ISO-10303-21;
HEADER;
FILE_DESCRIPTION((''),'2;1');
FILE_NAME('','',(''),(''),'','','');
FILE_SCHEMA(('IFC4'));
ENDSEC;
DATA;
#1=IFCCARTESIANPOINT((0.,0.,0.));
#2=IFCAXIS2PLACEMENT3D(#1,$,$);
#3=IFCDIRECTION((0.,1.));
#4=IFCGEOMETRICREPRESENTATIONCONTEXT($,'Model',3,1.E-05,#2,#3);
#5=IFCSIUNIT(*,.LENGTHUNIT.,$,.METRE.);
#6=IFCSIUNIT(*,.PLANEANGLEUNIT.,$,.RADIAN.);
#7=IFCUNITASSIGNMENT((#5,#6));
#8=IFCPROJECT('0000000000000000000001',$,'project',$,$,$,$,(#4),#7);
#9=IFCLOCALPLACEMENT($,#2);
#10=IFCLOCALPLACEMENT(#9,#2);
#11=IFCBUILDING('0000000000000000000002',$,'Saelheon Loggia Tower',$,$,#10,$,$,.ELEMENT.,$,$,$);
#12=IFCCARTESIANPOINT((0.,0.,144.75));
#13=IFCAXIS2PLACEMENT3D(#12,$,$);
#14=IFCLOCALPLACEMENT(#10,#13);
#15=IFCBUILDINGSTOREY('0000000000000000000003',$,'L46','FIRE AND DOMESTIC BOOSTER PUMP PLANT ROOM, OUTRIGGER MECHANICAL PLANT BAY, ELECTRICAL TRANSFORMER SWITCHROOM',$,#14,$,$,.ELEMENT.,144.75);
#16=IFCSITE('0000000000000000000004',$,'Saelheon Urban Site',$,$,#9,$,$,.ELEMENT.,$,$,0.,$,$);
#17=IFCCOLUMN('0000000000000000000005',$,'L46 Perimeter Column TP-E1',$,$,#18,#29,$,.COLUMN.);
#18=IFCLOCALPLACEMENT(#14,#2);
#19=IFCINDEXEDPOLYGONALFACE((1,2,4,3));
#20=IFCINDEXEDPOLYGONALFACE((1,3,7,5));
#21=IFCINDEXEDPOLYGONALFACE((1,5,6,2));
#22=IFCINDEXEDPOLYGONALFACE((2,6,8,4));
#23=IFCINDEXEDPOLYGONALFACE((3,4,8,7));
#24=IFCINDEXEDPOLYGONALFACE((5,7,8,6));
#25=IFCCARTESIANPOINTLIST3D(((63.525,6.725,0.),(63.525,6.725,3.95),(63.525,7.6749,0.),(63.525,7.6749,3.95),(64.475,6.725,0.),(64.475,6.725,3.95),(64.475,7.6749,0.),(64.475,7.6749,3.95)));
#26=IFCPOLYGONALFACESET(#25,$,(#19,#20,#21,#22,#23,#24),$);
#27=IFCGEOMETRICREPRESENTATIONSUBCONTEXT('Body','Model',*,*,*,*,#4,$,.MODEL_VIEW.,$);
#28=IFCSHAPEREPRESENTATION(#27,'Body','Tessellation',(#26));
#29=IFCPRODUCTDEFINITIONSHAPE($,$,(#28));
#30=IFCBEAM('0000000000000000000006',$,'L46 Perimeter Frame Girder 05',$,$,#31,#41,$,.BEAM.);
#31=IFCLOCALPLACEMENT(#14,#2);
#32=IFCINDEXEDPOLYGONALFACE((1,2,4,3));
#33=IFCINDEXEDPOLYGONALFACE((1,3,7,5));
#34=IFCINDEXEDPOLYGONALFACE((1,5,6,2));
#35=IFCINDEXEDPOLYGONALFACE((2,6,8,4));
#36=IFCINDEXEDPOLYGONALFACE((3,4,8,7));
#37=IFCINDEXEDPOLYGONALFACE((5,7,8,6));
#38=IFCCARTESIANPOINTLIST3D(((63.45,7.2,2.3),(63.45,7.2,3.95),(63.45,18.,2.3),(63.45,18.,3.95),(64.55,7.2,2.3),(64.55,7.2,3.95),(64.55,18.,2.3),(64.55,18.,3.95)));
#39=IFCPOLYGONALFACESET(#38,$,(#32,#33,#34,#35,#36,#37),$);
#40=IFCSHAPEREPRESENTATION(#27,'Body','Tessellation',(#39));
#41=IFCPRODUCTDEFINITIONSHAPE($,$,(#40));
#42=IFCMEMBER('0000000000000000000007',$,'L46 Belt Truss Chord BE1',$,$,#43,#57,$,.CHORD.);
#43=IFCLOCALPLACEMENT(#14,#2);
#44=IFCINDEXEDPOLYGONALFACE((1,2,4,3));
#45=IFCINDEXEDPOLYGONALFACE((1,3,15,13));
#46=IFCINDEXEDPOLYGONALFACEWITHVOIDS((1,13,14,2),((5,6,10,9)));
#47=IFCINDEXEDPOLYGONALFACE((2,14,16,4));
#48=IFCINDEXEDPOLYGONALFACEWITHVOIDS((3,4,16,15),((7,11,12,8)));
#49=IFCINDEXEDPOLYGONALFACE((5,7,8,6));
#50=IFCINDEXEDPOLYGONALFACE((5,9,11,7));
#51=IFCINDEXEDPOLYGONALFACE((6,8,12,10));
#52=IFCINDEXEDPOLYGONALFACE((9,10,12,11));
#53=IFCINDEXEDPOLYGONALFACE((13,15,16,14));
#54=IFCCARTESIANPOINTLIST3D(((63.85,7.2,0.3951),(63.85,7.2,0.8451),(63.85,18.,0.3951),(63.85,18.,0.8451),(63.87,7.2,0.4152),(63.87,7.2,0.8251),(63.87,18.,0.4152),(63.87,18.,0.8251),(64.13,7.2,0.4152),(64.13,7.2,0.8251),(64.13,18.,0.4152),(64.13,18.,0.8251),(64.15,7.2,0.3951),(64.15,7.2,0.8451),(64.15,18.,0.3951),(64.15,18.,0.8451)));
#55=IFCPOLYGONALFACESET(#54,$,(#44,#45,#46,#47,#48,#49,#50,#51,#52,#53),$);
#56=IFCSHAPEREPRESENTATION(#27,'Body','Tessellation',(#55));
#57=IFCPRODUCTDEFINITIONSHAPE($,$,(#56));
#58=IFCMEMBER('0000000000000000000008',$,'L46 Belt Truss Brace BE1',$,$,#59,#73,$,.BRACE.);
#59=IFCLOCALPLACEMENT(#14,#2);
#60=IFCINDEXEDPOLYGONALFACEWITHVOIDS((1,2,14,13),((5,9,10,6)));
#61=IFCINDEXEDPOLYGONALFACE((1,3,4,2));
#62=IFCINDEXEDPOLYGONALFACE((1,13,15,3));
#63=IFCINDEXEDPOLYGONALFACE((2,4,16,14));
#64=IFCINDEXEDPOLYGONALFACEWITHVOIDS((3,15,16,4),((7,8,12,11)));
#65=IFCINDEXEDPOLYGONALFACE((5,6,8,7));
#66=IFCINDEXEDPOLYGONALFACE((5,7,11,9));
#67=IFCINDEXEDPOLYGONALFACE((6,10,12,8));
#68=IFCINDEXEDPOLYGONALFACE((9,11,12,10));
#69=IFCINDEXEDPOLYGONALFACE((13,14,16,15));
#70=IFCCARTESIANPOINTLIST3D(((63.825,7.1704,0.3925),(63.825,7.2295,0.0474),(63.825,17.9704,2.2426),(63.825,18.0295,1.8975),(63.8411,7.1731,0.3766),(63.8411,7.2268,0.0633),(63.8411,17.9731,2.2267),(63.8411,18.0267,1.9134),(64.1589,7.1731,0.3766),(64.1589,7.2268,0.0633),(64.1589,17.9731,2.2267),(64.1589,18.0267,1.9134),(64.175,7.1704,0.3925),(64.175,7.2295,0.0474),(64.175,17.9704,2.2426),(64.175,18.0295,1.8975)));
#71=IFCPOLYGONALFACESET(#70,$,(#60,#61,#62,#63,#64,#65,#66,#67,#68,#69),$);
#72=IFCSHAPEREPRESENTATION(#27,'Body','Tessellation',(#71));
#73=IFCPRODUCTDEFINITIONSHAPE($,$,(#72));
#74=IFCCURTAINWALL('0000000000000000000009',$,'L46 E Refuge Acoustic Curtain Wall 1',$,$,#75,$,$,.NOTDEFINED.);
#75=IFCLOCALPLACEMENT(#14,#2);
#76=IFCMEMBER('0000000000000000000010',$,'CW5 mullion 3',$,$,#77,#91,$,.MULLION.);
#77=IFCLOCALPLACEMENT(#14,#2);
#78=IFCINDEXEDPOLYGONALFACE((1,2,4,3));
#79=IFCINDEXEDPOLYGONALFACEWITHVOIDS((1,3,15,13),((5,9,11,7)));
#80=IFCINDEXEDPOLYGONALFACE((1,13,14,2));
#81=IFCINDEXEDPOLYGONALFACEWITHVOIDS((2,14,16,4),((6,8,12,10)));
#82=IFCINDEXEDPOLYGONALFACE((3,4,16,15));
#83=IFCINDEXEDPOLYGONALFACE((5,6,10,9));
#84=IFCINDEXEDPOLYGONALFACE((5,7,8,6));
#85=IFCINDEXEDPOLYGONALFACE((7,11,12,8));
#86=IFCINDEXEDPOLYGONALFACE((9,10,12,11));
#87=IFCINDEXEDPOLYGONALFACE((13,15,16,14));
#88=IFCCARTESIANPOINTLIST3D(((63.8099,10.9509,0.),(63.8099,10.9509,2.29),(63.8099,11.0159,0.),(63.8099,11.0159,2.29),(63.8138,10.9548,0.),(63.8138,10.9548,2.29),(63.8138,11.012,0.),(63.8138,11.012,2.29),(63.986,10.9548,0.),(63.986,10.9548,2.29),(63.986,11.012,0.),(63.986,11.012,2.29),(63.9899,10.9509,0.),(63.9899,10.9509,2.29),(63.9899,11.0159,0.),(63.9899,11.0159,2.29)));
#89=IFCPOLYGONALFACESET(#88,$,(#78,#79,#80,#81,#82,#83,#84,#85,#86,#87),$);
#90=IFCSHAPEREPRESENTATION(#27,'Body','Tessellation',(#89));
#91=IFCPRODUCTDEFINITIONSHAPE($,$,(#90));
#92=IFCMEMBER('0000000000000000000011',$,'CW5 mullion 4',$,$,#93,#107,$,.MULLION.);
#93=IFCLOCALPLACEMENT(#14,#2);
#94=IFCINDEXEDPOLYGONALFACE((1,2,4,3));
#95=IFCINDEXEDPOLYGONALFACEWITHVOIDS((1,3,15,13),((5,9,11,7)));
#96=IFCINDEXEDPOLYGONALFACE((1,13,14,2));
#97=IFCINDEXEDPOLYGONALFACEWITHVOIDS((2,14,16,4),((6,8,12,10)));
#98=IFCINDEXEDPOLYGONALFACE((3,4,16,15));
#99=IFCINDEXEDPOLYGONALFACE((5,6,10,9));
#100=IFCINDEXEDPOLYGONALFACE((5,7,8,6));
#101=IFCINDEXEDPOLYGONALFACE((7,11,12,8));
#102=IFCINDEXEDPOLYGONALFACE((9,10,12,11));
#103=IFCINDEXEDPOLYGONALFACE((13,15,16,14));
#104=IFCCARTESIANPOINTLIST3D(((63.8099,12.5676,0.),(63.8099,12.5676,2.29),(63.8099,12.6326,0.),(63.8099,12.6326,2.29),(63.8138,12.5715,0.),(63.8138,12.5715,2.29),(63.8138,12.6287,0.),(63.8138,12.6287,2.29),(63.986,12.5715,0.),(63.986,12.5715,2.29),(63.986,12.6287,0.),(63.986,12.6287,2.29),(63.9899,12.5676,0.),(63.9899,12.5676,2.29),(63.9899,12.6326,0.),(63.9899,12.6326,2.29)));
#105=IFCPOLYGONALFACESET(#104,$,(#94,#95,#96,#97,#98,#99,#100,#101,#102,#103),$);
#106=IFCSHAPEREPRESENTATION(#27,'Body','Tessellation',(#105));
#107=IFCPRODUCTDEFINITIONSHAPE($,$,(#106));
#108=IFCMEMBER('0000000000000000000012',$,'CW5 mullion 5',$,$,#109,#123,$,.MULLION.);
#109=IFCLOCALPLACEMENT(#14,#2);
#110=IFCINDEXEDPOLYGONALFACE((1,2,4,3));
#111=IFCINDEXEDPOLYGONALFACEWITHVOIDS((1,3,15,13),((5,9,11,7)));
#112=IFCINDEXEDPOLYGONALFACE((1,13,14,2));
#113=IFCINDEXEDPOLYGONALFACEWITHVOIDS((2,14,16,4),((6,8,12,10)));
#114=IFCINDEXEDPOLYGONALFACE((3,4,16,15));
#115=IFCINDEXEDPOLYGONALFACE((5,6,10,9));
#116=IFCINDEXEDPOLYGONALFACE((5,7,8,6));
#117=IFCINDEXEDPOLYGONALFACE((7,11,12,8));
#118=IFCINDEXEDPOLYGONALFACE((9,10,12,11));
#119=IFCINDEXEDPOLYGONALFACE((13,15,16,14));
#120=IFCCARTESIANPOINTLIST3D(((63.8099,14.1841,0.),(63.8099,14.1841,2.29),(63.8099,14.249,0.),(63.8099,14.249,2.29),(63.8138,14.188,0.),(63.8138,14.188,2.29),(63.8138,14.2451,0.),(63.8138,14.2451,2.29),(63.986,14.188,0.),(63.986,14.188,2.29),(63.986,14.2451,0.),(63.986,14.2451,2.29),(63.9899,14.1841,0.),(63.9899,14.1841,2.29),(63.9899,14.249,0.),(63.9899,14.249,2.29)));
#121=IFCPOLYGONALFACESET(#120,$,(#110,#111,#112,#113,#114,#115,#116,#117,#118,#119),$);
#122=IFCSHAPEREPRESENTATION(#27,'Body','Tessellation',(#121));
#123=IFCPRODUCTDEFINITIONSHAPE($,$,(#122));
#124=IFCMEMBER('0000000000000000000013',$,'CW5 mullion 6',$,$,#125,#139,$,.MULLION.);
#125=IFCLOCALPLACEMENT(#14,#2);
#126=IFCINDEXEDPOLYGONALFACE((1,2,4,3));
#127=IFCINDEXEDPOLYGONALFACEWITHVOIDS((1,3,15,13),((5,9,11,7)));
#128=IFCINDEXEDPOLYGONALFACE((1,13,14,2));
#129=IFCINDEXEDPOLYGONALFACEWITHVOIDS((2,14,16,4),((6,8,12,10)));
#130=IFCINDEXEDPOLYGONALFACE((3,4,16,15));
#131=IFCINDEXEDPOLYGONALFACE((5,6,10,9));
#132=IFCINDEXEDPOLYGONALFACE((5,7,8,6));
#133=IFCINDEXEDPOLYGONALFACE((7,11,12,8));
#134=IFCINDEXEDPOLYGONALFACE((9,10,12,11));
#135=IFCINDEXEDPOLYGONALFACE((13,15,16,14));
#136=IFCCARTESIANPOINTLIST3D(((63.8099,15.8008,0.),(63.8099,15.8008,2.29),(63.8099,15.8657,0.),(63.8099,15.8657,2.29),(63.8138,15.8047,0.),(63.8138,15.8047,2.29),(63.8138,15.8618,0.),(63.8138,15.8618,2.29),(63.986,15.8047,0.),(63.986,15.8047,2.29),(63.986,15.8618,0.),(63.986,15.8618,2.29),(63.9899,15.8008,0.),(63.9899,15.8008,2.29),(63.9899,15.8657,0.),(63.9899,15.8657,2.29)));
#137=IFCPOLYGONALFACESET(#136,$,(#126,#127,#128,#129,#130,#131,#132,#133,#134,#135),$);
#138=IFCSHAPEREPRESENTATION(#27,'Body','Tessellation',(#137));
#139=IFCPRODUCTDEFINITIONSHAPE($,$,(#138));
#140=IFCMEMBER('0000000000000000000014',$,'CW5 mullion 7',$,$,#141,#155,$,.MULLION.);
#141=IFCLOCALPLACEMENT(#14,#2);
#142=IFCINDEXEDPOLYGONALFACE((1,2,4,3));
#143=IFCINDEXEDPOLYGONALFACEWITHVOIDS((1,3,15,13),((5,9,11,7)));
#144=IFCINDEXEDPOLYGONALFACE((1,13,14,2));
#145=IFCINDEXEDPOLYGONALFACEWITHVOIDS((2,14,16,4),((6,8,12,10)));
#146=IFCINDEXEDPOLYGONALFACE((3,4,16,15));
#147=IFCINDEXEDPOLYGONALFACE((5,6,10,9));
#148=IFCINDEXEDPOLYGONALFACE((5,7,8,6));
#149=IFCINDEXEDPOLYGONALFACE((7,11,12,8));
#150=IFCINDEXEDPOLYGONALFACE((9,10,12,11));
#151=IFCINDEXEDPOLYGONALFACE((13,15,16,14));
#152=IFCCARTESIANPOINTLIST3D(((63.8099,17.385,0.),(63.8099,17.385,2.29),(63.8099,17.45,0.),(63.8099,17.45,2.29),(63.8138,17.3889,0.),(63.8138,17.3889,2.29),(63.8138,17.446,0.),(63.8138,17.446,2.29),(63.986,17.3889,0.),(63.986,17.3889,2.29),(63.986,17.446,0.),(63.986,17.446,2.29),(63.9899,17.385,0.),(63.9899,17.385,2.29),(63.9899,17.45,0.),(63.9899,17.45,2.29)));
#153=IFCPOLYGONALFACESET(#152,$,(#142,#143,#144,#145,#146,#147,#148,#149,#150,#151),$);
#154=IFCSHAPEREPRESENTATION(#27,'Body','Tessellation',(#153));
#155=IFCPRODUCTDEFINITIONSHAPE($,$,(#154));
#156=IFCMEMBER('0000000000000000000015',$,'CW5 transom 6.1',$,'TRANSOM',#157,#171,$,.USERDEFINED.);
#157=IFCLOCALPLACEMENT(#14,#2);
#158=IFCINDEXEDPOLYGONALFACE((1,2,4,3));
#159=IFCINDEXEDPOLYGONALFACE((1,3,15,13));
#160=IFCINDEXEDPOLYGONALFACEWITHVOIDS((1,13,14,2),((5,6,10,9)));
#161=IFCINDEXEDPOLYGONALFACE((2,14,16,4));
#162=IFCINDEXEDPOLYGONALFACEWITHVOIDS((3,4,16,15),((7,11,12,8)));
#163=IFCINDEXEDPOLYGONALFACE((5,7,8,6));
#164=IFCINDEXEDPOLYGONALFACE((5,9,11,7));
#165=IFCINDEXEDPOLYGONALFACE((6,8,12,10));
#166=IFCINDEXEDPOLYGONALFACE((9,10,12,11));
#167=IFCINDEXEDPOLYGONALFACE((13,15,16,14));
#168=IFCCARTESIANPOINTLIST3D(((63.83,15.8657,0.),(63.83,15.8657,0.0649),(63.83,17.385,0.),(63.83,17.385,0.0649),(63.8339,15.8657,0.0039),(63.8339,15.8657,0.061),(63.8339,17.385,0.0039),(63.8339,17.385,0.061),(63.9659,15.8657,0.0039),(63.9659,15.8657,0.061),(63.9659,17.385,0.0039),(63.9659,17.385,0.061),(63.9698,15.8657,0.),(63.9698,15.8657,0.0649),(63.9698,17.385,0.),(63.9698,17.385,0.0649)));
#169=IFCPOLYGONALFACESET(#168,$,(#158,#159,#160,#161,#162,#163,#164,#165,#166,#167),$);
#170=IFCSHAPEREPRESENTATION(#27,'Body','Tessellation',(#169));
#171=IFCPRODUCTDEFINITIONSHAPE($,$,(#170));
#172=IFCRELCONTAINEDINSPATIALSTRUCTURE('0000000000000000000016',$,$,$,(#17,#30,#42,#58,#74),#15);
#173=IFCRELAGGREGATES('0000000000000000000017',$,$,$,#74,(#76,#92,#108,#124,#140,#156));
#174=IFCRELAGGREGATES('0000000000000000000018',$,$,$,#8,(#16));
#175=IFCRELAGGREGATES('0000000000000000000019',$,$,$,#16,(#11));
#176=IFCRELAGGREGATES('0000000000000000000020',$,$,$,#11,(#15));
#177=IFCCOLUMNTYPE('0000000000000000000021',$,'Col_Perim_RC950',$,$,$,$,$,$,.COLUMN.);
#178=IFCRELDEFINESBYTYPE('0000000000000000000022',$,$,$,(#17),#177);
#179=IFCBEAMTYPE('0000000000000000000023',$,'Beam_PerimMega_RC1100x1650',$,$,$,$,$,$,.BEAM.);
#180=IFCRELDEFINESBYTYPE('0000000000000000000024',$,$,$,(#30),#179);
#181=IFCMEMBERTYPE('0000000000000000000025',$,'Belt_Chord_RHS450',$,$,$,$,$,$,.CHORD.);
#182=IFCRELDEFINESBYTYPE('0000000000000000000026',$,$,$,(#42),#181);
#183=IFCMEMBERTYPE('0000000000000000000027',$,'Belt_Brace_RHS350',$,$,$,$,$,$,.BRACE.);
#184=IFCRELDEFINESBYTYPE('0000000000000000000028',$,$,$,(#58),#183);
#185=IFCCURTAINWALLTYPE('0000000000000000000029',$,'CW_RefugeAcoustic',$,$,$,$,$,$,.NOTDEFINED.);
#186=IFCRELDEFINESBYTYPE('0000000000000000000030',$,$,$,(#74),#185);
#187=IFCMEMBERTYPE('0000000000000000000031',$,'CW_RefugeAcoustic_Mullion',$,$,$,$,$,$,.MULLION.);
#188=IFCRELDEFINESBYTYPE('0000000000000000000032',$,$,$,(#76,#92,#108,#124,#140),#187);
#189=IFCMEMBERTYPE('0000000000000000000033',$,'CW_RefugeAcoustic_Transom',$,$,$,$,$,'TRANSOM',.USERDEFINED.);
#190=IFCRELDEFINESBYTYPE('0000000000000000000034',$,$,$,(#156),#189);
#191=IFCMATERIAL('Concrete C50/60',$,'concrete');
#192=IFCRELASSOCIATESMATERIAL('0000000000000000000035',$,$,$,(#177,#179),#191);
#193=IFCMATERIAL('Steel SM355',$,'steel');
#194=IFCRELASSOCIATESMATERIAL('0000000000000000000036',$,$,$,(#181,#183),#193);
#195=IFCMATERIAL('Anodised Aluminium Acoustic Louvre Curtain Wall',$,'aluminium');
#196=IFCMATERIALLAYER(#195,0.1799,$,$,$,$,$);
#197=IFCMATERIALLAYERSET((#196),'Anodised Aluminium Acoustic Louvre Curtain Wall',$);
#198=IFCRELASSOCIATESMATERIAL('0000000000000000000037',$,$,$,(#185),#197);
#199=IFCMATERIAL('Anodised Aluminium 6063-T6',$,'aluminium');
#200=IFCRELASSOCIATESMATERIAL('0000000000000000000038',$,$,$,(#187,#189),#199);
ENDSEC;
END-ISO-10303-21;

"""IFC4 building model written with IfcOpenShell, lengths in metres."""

from ifc_helpers import new_model, si_unit, direction, frame, origin, origin_2d, place, context, subcontext, project, spatial, rectangle, hollow_rectangle, extrude, source, transform, mapped, material, layer, layer_set, material_profile, profile_set, type_object, element, aggregate, save


model = new_model("IFC4")

# Units and contexts
model_context = context("Model", 3, precision=1e-05, world=origin(), true_north=direction((0.0, 1.0)))
body_context = subcontext(model_context, "Body", "Model", "MODEL_VIEW")
ifc_project = project(units=[si_unit("LENGTHUNIT", "METRE"), si_unit("PLANEANGLEUNIT", "RADIAN")], contexts=[model_context])

# Site, building, storey
site_placement = place(None, origin())
site = spatial("IfcSite", under=ifc_project, at=site_placement, Name="Saelheon Urban Site", CompositionType="ELEMENT", RefElevation=0.0)
building_placement = place(site_placement, origin())
building = spatial("IfcBuilding", under=site, at=building_placement, Name="Saelheon Loggia Tower", CompositionType="ELEMENT")
storey_placement = place(building_placement, frame((0.0, 0.0, 144.75)))
storey = spatial("IfcBuildingStorey", under=building, at=storey_placement, Name="L46", Description="FIRE AND DOMESTIC BOOSTER PUMP PLANT ROOM, OUTRIGGER MECHANICAL PLANT BAY, ELECTRICAL TRANSFORMER SWITCHROOM", CompositionType="ELEMENT", Elevation=144.75)

# Column
ifc_material_1 = material(Name="Concrete C50/60", Category="concrete")
ifc_material_profile_1 = material_profile(ifc_material_1, rectangle(XDim=0.95, YDim=0.95, at=origin_2d()), Name="RC-950x950")
ifc_profile_set_1 = profile_set([ifc_material_profile_1], Name="Concrete C50/60")
column_type = type_object("IfcColumnType", Name="Col_Perim_RC950", PredefinedType="COLUMN", material=ifc_profile_set_1)
shared_shape_1 = source(origin(), body_context, "Body", "SweptSolid", [
    extrude(rectangle(XDim=0.95, YDim=0.95, at=origin_2d()), origin(), (0.0, 0.0, 1.0), 3.95),
])
column_placement = place(storey_placement, frame((64.0, 7.2, 0.0), z_axis=(0.0, 0.0, 1.0), x_axis=(1.0, 0.0, 0.0)))
element("IfcColumn", 1, at=column_placement, inside=storey, type_object=column_type, Name="L46 Perimeter Column TP-E1", PredefinedType="COLUMN", context=body_context, shape_type="MappedRepresentation", body=[
    mapped(shared_shape_1, transform((0.0, 0.0, 0.0), scale=1.0)),
])

# Beam
ifc_material_profile_2 = material_profile(ifc_material_1, rectangle(XDim=1.1001, YDim=1.6499, at=origin_2d()), Name="RC-1100x1650")
ifc_profile_set_2 = profile_set([ifc_material_profile_2], Name="Concrete C50/60")
beam_type = type_object("IfcBeamType", Name="Beam_PerimMega_RC1100x1650", PredefinedType="BEAM", material=ifc_profile_set_2)
shared_shape_2 = source(origin(), body_context, "Body", "SweptSolid", [
    extrude(rectangle(XDim=1.1001, YDim=1.6499, at=origin_2d()), origin(), (0.0, 0.0, 1.0), 10.8),
])
beam_placement = place(storey_placement, frame((64.0, 7.2, 3.125), z_axis=(0.0, 1.0, 0.0), x_axis=(-1.0, 0.0, 0.0)))
element("IfcBeam", 2, at=beam_placement, inside=storey, type_object=beam_type, Name="L46 Perimeter Frame Girder 05", PredefinedType="BEAM", context=body_context, shape_type="MappedRepresentation", body=[
    mapped(shared_shape_2, transform((0.0, 0.0, 0.0), scale=1.0)),
])

# Members
ifc_material_2 = material(Name="Steel SM355", Category="steel")
ifc_material_profile_3 = material_profile(ifc_material_2, hollow_rectangle(XDim=0.3, YDim=0.45, WallThickness=0.02, at=origin_2d()), Name="RHS-450x300x20")
ifc_profile_set_3 = profile_set([ifc_material_profile_3], Name="Steel SM355")
member_type_1 = type_object("IfcMemberType", Name="Belt_Chord_RHS450", PredefinedType="CHORD", material=ifc_profile_set_3)
shared_shape_3 = source(origin(), body_context, "Body", "SweptSolid", [
    extrude(hollow_rectangle(XDim=0.3, YDim=0.45, WallThickness=0.02, at=origin_2d()), origin(), (0.0, 0.0, 1.0), 10.8),
])
member_1_placement = place(storey_placement, frame((64.0, 7.2, 0.6201), z_axis=(0.0, 1.0, 0.0), x_axis=(-1.0, 0.0, 0.0)))
element("IfcMember", 3, at=member_1_placement, inside=storey, type_object=member_type_1, Name="L46 Belt Truss Chord BE1", PredefinedType="CHORD", context=body_context, shape_type="MappedRepresentation", body=[
    mapped(shared_shape_3, transform((0.0, 0.0, 0.0), scale=1.0)),
])
ifc_material_profile_4 = material_profile(ifc_material_2, hollow_rectangle(XDim=0.3501, YDim=0.3501, WallThickness=0.0161, at=origin_2d()), Name="RHS-350x350x16")
ifc_profile_set_4 = profile_set([ifc_material_profile_4], Name="Steel SM355")
member_type_2 = type_object("IfcMemberType", Name="Belt_Brace_RHS350", PredefinedType="BRACE", material=ifc_profile_set_4)
shared_shape_4 = source(origin(), body_context, "Body", "SweptSolid", [
    extrude(hollow_rectangle(XDim=0.3501, YDim=0.3501, WallThickness=0.0161, at=origin_2d()), origin(), (0.0, 0.0, 1.0), 10.9573),
])
member_2_placement = place(storey_placement, frame((64.0, 7.2, 0.22), z_axis=(0.0, 0.985643, 0.168845), x_axis=(-1.0, 0.0, 0.0)))
element("IfcMember", 4, at=member_2_placement, inside=storey, type_object=member_type_2, Name="L46 Belt Truss Brace BE1", PredefinedType="BRACE", context=body_context, shape_type="MappedRepresentation", body=[
    mapped(shared_shape_4, transform((0.0, 0.0, 0.0), scale=1.0)),
])

# Curtain wall, members
ifc_material_3 = material(Name="Anodised Aluminium Acoustic Louvre Curtain Wall", Category="aluminium")
ifc_layer_1 = layer(ifc_material_3, 0.1799)
ifc_layer_set_1 = layer_set([ifc_layer_1], Name="Anodised Aluminium Acoustic Louvre Curtain Wall")
curtain_wall_type = type_object("IfcCurtainWallType", Name="CW_RefugeAcoustic", PredefinedType="NOTDEFINED", material=ifc_layer_set_1)
curtain_wall_placement = place(storey_placement, origin())
curtain_wall = element("IfcCurtainWall", 5, at=curtain_wall_placement, inside=storey, type_object=curtain_wall_type, Name="L46 E Refuge Acoustic Curtain Wall 1", PredefinedType="NOTDEFINED")
ifc_material_4 = material(Name="Anodised Aluminium 6063-T6", Category="aluminium")
ifc_material_profile_5 = material_profile(ifc_material_4, hollow_rectangle(XDim=0.0649, YDim=0.1799, WallThickness=0.0039, at=origin_2d()), Name="RHS-180x65x4")
ifc_profile_set_5 = profile_set([ifc_material_profile_5], Name="Anodised Aluminium 6063-T6")
member_type_3 = type_object("IfcMemberType", Name="CW_RefugeAcoustic_Mullion", PredefinedType="MULLION", material=ifc_profile_set_5)
shared_shape_5 = source(origin(), body_context, "Body", "SweptSolid", [
    extrude(hollow_rectangle(XDim=0.0649, YDim=0.1799, WallThickness=0.0039, at=origin_2d()), origin(), (0.0, 0.0, 1.0), 2.29),
])
member_3_placement = place(storey_placement, frame((63.8999, 10.9834, 0.0), z_axis=(0.0, 0.0, 1.0), x_axis=(0.0, 1.0, 0.0)))
member_3 = element("IfcMember", 6, at=member_3_placement, type_object=member_type_3, Name="CW5 mullion 3", PredefinedType="MULLION", context=body_context, shape_type="MappedRepresentation", body=[
    mapped(shared_shape_5, transform((0.0, 0.0, 0.0), scale=1.0)),
])
member_4_placement = place(storey_placement, frame((63.8999, 12.6001, 0.0), z_axis=(0.0, 0.0, 1.0), x_axis=(0.0, 1.0, 0.0)))
member_4 = element("IfcMember", 7, at=member_4_placement, type_object=member_type_3, Name="CW5 mullion 4", PredefinedType="MULLION", context=body_context, shape_type="MappedRepresentation", body=[
    mapped(shared_shape_5, transform((0.0, 0.0, 0.0), scale=1.0)),
])
member_5_placement = place(storey_placement, frame((63.8999, 14.2166, 0.0), z_axis=(0.0, 0.0, 1.0), x_axis=(0.0, 1.0, 0.0)))
member_5 = element("IfcMember", 8, at=member_5_placement, type_object=member_type_3, Name="CW5 mullion 5", PredefinedType="MULLION", context=body_context, shape_type="MappedRepresentation", body=[
    mapped(shared_shape_5, transform((0.0, 0.0, 0.0), scale=1.0)),
])
member_6_placement = place(storey_placement, frame((63.8999, 15.8333, 0.0), z_axis=(0.0, 0.0, 1.0), x_axis=(0.0, 1.0, 0.0)))
member_6 = element("IfcMember", 9, at=member_6_placement, type_object=member_type_3, Name="CW5 mullion 6", PredefinedType="MULLION", context=body_context, shape_type="MappedRepresentation", body=[
    mapped(shared_shape_5, transform((0.0, 0.0, 0.0), scale=1.0)),
])
member_7_placement = place(storey_placement, frame((63.8999, 17.4175, 0.0), z_axis=(0.0, 0.0, 1.0), x_axis=(0.0, 1.0, 0.0)))
member_7 = element("IfcMember", 10, at=member_7_placement, type_object=member_type_3, Name="CW5 mullion 7", PredefinedType="MULLION", context=body_context, shape_type="MappedRepresentation", body=[
    mapped(shared_shape_5, transform((0.0, 0.0, 0.0), scale=1.0)),
])
ifc_material_profile_6 = material_profile(ifc_material_4, hollow_rectangle(XDim=0.0649, YDim=0.1399, WallThickness=0.0039, at=origin_2d()), Name="RHS-140x65x4")
ifc_profile_set_6 = profile_set([ifc_material_profile_6], Name="Anodised Aluminium 6063-T6")
member_type_4 = type_object("IfcMemberType", Name="CW_RefugeAcoustic_Transom", ElementType="TRANSOM", PredefinedType="USERDEFINED", material=ifc_profile_set_6)
shared_shape_6 = source(origin(), body_context, "Body", "SweptSolid", [
    extrude(hollow_rectangle(XDim=0.0649, YDim=0.1399, WallThickness=0.0039, at=origin_2d()), origin(), (0.0, 0.0, 1.0), 1.5193),
])
member_8_placement = place(storey_placement, frame((63.8999, 15.8657, 0.0325), z_axis=(0.0, 1.0, 0.0), x_axis=(0.0, 0.0, 1.0)))
member_8 = element("IfcMember", 11, at=member_8_placement, type_object=member_type_4, Name="CW5 transom 6.1", ObjectType="TRANSOM", PredefinedType="USERDEFINED", context=body_context, shape_type="MappedRepresentation", body=[
    mapped(shared_shape_6, transform((0.0, 0.0, 0.0), scale=1.0)),
])

aggregate(curtain_wall, [member_3, member_4, member_5, member_6, member_7, member_8])

save(model, "model.ifc")
